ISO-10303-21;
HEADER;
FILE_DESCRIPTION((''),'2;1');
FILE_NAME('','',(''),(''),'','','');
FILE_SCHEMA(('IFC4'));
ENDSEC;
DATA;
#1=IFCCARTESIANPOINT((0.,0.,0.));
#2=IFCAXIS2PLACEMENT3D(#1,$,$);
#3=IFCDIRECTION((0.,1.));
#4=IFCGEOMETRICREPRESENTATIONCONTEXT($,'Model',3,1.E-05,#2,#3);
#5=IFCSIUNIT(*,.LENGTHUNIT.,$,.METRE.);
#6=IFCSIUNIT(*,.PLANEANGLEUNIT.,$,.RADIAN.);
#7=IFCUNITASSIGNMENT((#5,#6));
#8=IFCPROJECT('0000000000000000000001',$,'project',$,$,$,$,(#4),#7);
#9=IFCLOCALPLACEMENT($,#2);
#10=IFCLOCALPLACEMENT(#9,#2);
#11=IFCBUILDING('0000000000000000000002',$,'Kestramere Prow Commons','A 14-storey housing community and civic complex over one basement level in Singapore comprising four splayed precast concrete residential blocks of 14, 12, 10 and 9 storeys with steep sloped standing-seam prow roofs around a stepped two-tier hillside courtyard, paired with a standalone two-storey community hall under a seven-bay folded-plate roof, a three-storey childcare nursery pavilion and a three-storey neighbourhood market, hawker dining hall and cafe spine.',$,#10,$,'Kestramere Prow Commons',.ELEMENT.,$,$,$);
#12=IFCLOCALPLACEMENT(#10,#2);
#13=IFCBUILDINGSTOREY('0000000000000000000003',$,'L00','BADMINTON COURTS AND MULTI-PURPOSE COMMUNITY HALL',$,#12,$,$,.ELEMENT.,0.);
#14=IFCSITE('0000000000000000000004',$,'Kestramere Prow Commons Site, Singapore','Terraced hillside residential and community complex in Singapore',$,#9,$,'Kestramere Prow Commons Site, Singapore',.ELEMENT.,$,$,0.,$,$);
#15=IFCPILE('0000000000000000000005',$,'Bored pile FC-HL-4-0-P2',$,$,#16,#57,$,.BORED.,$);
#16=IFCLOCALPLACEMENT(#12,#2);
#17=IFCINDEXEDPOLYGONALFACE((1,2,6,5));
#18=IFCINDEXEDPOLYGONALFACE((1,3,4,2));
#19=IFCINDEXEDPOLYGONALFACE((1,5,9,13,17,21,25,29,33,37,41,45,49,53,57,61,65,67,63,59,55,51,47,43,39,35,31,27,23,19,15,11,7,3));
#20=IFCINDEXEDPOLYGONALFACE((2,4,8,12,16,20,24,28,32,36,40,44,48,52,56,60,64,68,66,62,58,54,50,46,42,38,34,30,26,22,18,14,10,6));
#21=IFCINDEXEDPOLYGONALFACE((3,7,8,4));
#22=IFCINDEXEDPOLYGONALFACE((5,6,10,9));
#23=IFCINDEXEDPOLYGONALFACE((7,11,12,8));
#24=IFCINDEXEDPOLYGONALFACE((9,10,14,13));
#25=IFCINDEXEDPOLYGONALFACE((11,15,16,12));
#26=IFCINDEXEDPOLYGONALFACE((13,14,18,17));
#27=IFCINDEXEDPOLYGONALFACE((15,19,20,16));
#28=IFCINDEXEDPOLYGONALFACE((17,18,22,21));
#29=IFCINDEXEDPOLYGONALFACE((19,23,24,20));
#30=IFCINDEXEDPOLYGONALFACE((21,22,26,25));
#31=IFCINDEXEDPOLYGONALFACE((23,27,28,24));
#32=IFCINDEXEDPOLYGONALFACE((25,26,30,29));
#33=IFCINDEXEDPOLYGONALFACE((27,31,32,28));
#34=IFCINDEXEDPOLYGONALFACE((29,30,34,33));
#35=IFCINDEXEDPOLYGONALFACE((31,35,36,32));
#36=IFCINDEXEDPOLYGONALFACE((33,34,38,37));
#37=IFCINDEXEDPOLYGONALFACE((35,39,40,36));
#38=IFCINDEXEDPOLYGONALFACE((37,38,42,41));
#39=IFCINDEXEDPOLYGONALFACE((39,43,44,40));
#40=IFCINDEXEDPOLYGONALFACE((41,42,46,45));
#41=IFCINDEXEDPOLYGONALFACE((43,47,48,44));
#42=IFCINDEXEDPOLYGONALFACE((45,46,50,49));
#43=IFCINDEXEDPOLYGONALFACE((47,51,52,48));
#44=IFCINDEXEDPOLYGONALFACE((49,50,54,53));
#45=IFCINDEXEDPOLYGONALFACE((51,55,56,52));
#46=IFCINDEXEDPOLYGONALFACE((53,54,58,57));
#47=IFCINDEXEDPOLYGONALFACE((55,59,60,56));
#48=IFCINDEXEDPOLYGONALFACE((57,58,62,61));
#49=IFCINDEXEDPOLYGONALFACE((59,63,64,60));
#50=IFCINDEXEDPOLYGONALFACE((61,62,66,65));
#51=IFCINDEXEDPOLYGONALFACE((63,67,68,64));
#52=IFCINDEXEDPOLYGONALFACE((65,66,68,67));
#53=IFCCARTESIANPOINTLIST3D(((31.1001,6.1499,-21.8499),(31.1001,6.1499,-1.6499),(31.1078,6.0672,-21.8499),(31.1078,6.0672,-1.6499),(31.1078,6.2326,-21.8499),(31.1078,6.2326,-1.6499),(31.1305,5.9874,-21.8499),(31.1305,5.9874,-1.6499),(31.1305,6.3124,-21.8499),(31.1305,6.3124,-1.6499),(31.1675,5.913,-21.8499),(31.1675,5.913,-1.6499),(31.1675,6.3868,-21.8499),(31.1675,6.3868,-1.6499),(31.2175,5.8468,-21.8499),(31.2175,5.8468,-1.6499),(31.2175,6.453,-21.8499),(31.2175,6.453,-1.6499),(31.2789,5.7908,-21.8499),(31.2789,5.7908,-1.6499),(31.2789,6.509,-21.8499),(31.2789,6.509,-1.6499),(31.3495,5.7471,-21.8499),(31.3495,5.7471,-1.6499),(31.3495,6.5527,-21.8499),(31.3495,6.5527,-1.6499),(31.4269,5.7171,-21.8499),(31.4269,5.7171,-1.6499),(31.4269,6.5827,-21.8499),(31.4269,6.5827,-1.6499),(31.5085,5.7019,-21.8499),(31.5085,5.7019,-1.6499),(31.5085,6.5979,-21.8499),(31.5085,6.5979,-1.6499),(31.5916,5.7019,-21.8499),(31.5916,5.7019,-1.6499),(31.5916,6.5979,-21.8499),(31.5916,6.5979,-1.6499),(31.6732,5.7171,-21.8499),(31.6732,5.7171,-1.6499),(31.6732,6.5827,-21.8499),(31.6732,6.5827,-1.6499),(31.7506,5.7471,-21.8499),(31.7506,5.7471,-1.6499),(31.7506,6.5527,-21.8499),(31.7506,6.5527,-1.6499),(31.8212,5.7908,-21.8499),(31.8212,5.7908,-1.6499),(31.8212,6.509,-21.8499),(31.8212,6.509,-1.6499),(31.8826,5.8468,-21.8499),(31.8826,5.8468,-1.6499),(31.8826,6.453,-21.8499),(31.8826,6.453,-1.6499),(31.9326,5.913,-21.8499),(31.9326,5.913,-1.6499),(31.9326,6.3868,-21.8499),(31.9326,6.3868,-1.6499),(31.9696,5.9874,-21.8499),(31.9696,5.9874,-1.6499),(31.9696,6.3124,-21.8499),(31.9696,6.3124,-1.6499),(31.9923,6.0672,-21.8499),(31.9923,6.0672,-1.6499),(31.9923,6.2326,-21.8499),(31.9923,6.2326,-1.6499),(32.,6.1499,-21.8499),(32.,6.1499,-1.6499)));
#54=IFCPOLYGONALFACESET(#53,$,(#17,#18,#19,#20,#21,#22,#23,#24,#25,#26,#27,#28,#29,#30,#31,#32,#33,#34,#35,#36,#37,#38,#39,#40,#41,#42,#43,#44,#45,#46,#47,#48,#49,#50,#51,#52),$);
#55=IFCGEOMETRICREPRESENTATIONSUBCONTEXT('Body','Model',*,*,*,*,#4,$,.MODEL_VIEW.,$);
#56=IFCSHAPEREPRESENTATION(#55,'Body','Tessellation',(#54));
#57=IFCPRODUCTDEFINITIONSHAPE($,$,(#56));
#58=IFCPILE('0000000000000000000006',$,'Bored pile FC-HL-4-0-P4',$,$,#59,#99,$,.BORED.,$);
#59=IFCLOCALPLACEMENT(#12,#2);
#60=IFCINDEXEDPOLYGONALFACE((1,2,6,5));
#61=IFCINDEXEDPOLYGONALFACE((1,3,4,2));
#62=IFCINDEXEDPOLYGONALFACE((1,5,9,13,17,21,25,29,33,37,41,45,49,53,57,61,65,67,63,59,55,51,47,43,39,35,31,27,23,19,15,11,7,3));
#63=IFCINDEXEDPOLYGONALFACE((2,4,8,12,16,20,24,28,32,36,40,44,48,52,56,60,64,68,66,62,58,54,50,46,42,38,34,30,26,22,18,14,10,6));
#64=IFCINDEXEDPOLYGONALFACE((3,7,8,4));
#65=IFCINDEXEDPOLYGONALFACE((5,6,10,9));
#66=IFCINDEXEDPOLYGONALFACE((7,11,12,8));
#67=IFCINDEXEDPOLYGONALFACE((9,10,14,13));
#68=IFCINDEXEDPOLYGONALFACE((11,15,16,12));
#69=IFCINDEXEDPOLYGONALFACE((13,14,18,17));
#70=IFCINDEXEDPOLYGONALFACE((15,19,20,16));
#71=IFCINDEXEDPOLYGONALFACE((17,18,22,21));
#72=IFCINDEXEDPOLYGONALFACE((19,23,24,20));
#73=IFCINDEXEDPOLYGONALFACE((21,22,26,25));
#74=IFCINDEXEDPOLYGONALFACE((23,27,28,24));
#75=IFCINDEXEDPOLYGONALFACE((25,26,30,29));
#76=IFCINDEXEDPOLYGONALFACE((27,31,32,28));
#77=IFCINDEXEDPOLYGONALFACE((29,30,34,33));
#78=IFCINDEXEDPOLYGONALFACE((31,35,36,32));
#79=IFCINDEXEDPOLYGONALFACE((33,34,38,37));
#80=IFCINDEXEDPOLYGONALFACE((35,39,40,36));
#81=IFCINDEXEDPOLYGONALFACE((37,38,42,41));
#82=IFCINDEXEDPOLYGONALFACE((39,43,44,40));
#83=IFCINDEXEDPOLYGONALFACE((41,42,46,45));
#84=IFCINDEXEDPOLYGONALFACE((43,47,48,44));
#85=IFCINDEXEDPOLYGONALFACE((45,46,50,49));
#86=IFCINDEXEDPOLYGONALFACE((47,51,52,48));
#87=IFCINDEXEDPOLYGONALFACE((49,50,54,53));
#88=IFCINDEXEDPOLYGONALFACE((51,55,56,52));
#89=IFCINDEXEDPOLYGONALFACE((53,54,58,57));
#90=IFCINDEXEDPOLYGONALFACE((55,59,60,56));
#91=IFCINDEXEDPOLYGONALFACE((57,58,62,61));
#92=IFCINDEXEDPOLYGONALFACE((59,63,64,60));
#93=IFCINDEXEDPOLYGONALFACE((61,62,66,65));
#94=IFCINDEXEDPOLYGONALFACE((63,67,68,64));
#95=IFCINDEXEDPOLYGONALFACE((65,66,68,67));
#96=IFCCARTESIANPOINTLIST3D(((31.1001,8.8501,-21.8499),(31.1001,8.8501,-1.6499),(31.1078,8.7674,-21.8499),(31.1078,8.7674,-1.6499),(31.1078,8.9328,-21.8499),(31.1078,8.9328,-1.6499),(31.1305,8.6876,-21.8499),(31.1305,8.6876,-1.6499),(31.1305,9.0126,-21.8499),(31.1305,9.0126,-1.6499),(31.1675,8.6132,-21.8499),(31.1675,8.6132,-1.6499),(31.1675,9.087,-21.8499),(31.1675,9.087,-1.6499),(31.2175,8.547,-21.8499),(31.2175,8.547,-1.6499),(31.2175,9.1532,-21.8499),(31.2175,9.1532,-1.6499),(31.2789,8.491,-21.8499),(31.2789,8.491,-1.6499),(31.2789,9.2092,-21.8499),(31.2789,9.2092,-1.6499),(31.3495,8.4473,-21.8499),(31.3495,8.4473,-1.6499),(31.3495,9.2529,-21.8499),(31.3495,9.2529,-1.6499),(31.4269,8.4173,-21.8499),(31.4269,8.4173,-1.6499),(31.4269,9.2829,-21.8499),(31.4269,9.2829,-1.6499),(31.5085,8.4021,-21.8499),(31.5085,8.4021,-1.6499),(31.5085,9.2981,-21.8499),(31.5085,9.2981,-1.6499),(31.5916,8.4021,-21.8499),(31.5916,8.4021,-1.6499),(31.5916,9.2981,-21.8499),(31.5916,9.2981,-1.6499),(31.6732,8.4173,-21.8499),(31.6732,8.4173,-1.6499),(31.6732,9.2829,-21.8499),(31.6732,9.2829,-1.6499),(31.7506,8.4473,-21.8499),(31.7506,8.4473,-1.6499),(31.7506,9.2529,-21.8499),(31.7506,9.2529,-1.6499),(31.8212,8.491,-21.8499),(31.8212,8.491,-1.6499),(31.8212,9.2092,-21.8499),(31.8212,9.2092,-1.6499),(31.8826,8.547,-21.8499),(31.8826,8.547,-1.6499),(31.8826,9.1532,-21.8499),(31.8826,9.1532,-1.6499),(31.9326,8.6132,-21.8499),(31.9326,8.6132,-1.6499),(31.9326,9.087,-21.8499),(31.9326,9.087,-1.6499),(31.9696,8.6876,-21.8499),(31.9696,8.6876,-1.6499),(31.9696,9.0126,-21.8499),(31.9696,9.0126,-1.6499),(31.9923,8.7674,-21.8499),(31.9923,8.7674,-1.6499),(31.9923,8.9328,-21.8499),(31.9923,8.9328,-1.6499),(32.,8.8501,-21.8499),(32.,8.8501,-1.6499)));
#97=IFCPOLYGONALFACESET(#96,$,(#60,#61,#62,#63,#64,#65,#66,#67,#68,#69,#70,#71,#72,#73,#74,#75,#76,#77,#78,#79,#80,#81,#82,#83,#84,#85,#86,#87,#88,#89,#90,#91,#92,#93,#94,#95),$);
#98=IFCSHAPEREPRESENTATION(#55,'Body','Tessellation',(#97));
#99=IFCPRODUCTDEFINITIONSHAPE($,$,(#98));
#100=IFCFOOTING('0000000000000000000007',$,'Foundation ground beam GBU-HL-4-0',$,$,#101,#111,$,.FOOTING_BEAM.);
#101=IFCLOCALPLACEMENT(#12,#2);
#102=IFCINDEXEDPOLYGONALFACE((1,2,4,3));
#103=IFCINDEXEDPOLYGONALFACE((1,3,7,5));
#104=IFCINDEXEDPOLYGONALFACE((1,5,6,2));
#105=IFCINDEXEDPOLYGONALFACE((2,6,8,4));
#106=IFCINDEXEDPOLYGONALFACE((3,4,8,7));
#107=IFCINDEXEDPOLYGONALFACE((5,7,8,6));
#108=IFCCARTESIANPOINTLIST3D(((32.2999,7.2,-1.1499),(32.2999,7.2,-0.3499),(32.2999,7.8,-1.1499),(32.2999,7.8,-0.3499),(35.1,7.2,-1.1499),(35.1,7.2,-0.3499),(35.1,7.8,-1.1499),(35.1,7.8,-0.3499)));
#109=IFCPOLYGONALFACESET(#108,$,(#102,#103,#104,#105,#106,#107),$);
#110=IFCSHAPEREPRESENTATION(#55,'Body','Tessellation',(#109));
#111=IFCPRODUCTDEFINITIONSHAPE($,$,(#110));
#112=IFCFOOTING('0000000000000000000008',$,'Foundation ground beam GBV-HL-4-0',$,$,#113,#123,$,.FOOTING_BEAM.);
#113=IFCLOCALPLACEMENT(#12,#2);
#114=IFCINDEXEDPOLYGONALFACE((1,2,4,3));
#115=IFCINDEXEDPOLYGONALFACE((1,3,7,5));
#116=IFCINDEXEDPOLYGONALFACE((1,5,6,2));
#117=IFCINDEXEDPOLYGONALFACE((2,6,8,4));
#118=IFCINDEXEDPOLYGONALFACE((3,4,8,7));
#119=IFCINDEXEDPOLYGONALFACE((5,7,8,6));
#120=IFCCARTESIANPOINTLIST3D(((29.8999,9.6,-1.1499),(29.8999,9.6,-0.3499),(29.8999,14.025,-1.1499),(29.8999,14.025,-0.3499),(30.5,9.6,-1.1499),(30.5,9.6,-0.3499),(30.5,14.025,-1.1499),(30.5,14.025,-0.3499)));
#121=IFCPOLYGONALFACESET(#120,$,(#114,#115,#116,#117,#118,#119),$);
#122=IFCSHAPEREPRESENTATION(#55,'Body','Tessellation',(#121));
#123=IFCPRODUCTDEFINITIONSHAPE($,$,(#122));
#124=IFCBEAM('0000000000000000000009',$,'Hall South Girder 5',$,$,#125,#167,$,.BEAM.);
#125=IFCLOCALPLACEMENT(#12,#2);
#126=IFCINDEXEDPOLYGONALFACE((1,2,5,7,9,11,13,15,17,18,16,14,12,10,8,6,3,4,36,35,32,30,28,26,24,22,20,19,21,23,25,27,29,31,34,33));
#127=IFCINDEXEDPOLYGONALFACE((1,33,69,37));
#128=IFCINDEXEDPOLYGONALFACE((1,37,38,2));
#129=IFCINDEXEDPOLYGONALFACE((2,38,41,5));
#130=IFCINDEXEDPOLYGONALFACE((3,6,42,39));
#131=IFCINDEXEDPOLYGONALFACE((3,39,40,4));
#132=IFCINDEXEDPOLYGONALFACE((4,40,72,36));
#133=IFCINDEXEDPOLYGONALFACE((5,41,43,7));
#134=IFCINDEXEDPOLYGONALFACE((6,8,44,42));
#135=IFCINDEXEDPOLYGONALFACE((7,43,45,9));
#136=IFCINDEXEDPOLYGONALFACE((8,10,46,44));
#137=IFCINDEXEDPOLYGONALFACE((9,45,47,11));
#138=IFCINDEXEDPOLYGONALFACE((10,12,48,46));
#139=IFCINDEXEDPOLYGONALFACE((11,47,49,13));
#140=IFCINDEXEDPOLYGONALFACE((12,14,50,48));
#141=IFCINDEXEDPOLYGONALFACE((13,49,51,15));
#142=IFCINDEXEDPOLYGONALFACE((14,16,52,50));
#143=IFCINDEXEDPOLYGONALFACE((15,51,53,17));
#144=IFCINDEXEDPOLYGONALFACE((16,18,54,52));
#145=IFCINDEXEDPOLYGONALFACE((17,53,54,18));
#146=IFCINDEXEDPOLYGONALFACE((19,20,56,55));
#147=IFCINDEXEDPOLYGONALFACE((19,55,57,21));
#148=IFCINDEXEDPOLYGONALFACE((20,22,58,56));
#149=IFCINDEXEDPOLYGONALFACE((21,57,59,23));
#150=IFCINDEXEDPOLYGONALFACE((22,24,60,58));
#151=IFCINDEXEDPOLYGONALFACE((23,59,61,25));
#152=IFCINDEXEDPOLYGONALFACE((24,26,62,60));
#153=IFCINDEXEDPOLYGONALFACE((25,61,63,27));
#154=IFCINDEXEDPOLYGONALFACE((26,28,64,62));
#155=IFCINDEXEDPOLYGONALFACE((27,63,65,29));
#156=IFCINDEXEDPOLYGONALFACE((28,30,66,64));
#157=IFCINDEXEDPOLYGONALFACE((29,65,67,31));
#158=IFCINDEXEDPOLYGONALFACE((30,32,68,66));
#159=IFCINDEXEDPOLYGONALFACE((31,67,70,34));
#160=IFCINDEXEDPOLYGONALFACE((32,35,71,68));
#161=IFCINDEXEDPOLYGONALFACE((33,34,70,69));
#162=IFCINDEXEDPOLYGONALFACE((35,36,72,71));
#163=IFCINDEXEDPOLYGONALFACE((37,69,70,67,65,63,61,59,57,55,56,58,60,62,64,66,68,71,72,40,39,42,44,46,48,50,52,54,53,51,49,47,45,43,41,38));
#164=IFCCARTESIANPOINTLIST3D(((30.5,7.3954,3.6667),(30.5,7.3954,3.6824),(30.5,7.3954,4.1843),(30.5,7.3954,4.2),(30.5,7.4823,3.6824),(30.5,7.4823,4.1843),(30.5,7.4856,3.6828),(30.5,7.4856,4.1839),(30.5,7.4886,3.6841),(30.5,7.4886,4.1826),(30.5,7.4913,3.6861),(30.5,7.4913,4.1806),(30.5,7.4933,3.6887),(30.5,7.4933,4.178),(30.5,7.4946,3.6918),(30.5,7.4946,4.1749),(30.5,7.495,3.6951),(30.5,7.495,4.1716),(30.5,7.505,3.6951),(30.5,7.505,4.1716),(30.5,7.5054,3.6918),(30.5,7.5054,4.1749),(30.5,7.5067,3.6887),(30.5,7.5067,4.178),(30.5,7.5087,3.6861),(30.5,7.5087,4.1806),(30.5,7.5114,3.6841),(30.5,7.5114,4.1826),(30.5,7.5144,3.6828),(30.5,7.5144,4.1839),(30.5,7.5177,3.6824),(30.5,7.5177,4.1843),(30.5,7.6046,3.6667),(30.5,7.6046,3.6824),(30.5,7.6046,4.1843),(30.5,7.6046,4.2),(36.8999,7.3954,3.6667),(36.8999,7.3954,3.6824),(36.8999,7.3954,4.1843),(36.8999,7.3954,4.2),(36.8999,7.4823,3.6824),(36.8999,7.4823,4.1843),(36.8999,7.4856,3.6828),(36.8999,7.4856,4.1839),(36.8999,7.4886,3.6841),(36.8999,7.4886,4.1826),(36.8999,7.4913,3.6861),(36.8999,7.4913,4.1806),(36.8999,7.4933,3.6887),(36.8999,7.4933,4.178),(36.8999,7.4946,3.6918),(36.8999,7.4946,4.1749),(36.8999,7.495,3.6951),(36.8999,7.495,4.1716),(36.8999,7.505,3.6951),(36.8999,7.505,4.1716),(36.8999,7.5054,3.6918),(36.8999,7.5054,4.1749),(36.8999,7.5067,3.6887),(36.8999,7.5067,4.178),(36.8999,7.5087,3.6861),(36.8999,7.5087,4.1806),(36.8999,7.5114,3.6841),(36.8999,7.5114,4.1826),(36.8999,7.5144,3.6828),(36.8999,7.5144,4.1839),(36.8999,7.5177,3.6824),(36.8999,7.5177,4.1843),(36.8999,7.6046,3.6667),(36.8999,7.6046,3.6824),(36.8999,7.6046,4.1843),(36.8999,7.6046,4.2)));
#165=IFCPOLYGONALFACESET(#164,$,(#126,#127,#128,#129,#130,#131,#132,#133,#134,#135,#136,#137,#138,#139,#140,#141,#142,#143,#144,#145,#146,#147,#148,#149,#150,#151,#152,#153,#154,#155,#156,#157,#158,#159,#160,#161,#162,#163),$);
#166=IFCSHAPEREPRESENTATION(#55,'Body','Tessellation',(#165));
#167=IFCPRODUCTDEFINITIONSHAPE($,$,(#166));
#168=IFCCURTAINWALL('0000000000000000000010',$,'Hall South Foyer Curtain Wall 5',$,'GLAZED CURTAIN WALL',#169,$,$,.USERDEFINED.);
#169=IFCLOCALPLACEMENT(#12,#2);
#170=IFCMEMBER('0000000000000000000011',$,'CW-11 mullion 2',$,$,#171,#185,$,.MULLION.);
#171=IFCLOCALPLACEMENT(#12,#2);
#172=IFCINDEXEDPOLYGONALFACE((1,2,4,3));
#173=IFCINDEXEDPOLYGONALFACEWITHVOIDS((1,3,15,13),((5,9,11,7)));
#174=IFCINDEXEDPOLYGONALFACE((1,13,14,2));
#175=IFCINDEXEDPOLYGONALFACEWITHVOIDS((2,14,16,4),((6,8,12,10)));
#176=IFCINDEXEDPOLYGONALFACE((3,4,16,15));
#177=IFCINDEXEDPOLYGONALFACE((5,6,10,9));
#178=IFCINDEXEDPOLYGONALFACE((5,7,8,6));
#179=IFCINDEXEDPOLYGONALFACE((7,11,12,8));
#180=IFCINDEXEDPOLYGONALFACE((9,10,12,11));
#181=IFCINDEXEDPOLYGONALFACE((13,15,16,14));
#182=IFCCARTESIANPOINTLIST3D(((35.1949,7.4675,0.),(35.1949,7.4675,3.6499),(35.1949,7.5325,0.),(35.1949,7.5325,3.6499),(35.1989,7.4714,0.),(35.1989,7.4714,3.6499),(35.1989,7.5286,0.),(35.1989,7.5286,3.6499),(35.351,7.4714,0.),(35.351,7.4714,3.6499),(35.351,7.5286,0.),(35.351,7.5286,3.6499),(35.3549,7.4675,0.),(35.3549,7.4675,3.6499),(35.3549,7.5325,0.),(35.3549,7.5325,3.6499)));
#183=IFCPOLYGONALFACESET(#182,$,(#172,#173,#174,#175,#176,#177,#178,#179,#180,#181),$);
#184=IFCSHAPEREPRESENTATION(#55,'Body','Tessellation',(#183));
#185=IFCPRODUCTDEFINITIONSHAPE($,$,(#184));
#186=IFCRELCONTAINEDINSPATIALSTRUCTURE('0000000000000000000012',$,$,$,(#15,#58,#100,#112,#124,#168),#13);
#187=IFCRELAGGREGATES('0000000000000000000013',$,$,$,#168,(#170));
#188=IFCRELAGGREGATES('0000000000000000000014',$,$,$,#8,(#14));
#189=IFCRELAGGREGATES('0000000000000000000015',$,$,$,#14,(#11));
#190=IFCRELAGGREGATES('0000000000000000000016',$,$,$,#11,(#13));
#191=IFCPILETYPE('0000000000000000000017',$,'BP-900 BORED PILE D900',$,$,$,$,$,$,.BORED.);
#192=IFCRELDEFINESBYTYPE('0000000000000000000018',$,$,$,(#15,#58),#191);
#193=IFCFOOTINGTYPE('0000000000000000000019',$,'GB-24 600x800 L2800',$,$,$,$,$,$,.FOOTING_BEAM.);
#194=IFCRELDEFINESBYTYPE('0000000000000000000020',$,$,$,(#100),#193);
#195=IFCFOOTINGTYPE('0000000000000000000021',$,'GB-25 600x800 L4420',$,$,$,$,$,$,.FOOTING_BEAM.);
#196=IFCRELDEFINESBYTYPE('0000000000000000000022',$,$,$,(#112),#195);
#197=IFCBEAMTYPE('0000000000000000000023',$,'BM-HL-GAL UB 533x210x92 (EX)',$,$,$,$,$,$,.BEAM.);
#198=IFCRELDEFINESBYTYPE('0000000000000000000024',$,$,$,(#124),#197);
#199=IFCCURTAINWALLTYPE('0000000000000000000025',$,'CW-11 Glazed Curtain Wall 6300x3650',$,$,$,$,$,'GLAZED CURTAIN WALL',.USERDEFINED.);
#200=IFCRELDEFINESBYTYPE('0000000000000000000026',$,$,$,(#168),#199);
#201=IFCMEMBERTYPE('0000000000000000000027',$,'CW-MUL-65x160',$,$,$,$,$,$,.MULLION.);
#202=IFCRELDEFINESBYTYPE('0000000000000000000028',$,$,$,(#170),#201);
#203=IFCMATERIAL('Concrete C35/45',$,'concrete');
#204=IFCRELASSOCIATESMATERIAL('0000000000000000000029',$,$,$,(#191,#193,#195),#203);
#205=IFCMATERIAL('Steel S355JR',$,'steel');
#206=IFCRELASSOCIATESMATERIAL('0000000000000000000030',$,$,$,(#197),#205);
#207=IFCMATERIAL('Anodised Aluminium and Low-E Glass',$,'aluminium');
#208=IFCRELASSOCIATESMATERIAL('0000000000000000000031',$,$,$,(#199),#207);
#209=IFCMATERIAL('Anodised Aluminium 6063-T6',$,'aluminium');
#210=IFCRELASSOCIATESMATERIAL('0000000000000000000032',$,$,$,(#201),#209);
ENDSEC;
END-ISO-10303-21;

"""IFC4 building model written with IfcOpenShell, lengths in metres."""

from ifc_helpers import new_model, si_unit, direction, frame, origin, origin_2d, place, context, subcontext, project, spatial, rectangle, hollow_rectangle, circle, i_section, extrude, material, material_profile, profile_set, type_object, element, aggregate, save


model = new_model("IFC4")

# Units and contexts
model_context = context("Model", 3, precision=1e-05, world=origin(), true_north=direction((0.0, 1.0)))
body_context = subcontext(model_context, "Body", "Model", "MODEL_VIEW")
ifc_project = project(units=[si_unit("LENGTHUNIT", "METRE"), si_unit("PLANEANGLEUNIT", "RADIAN")], contexts=[model_context])

# Site, building, storey
site_placement = place(None, origin())
site = spatial("IfcSite", under=ifc_project, at=site_placement, Name="Kestramere Prow Commons Site, Singapore", Description="Terraced hillside residential and community complex in Singapore", LongName="Kestramere Prow Commons Site, Singapore", CompositionType="ELEMENT", RefElevation=0.0)
building_placement = place(site_placement, origin())
building = spatial("IfcBuilding", under=site, at=building_placement, Name="Kestramere Prow Commons", Description="A 14-storey housing community and civic complex over one basement level in Singapore comprising four splayed precast concrete residential blocks of 14, 12, 10 and 9 storeys with steep sloped standing-seam prow roofs around a stepped two-tier hillside courtyard, paired with a standalone two-storey community hall under a seven-bay folded-plate roof, a three-storey childcare nursery pavilion and a three-storey neighbourhood market, hawker dining hall and cafe spine.", LongName="Kestramere Prow Commons", CompositionType="ELEMENT")
storey_placement = place(building_placement, origin())
storey = spatial("IfcBuildingStorey", under=building, at=storey_placement, Name="L00", Description="BADMINTON COURTS AND MULTI-PURPOSE COMMUNITY HALL", CompositionType="ELEMENT", Elevation=0.0)

# Piles
ifc_material_1 = material(Name="Concrete C35/45", Category="concrete")
ifc_material_profile_1 = material_profile(ifc_material_1, circle(Radius=0.45, at=origin_2d()), Name="BORED PILE D900")
ifc_profile_set_1 = profile_set([ifc_material_profile_1], Name="Concrete C35/45")
pile_type = type_object("IfcPileType", Name="BP-900 BORED PILE D900", PredefinedType="BORED", material=ifc_profile_set_1)
for number, where, z_axis, x_axis, name in (
    (1, (31.55, 6.1499, -1.6499), (0.0, 0.0, -1.0), (1.0, 0.0, 0.0), "Bored pile FC-HL-4-0-P2"),
    (2, (31.55, 8.8501, -1.6499), (0.0, 0.0, -1.0), (1.0, 0.0, 0.0), "Bored pile FC-HL-4-0-P4"),
):
    element("IfcPile", number, at=place(storey_placement, frame(where, z_axis=z_axis, x_axis=x_axis)), inside=storey, type_object=pile_type, Name=name, PredefinedType="BORED", context=body_context, shape_type="SweptSolid", body=[
        extrude(circle(Radius=0.45, at=origin_2d()), origin(), (0.0, 0.0, 1.0), 20.2),
    ])

# Footings
footing_type_1 = type_object("IfcFootingType", Name="GB-24 600x800 L2800", PredefinedType="FOOTING_BEAM", material=ifc_material_1)
footing_1_placement = place(storey_placement, frame((33.7, 7.5, -1.1499), z_axis=(0.0, 0.0, 1.0), x_axis=(1.0, 0.0, 0.0)))
element("IfcFooting", 3, at=footing_1_placement, inside=storey, type_object=footing_type_1, Name="Foundation ground beam GBU-HL-4-0", PredefinedType="FOOTING_BEAM", context=body_context, shape_type="SweptSolid", body=[
    extrude(rectangle(XDim=2.8, YDim=0.6001, at=origin_2d()), origin(), (0.0, 0.0, 1.0), 0.8),
])
footing_type_2 = type_object("IfcFootingType", Name="GB-25 600x800 L4420", PredefinedType="FOOTING_BEAM", material=ifc_material_1)
footing_2_placement = place(storey_placement, frame((30.2, 11.8125, -1.1499), z_axis=(0.0, 0.0, 1.0), x_axis=(0.0, 1.0, 0.0)))
element("IfcFooting", 4, at=footing_2_placement, inside=storey, type_object=footing_type_2, Name="Foundation ground beam GBV-HL-4-0", PredefinedType="FOOTING_BEAM", context=body_context, shape_type="SweptSolid", body=[
    extrude(rectangle(XDim=4.425, YDim=0.6001, at=origin_2d()), origin(), (0.0, 0.0, 1.0), 0.8),
])

# Beam
ifc_material_2 = material(Name="Steel S355JR", Category="steel")
ifc_material_profile_2 = material_profile(ifc_material_2, i_section(OverallWidth=0.2092, OverallDepth=0.5332, WebThickness=0.01, FlangeThickness=0.0156, FilletRadius=0.0127, at=origin_2d()), Name="UB 533x210x92")
ifc_profile_set_2 = profile_set([ifc_material_profile_2], Name="Steel S355JR")
beam_type_1 = type_object("IfcBeamType", Name="BM-HL-GAL UB 533x210x92 (EX)", PredefinedType="BEAM", material=ifc_profile_set_2)
beam_1_placement = place(storey_placement, frame((30.5, 7.5, 3.9333), z_axis=(1.0, 0.0, 0.0), x_axis=(0.0, 1.0, 0.0)))
element("IfcBeam", 5, at=beam_1_placement, inside=storey, type_object=beam_type_1, Name="Hall South Girder 5", PredefinedType="BEAM", context=body_context, shape_type="SweptSolid", body=[
    extrude(i_section(OverallWidth=0.2092, OverallDepth=0.5332, WebThickness=0.01, FlangeThickness=0.0156, FilletRadius=0.0127, at=origin_2d()), origin(), (0.0, 0.0, 1.0), 6.3999),
])

# Curtain wall, member
ifc_material_3 = material(Name="Anodised Aluminium and Low-E Glass", Category="aluminium")
curtain_wall_type = type_object("IfcCurtainWallType", Name="CW-11 Glazed Curtain Wall 6300x3650", ElementType="GLAZED CURTAIN WALL", PredefinedType="USERDEFINED", material=ifc_material_3)
curtain_wall_placement = place(storey_placement, origin())
curtain_wall = element("IfcCurtainWall", 6, at=curtain_wall_placement, inside=storey, type_object=curtain_wall_type, Name="Hall South Foyer Curtain Wall 5", ObjectType="GLAZED CURTAIN WALL", PredefinedType="USERDEFINED")
ifc_material_4 = material(Name="Anodised Aluminium 6063-T6", Category="aluminium")
ifc_material_profile_3 = material_profile(ifc_material_4, hollow_rectangle(XDim=0.0649, YDim=0.1599, WallThickness=0.0039, at=origin_2d()), Name="ALU-MUL 65x160")
ifc_profile_set_3 = profile_set([ifc_material_profile_3], Name="Anodised Aluminium 6063-T6")
member_type_1 = type_object("IfcMemberType", Name="CW-MUL-65x160", PredefinedType="MULLION", material=ifc_profile_set_3)
member_1_placement = place(storey_placement, frame((35.2749, 7.5, 0.0), z_axis=(0.0, 0.0, 1.0), x_axis=(0.0, -1.0, 0.0)))
member_1 = element("IfcMember", 7, at=member_1_placement, type_object=member_type_1, Name="CW-11 mullion 2", PredefinedType="MULLION", context=body_context, shape_type="SweptSolid", body=[
    extrude(hollow_rectangle(XDim=0.0649, YDim=0.1599, WallThickness=0.0039, at=origin_2d()), origin(), (0.0, 0.0, 1.0), 3.6499),
])

aggregate(curtain_wall, [member_1])

save(model, "model.ifc")
